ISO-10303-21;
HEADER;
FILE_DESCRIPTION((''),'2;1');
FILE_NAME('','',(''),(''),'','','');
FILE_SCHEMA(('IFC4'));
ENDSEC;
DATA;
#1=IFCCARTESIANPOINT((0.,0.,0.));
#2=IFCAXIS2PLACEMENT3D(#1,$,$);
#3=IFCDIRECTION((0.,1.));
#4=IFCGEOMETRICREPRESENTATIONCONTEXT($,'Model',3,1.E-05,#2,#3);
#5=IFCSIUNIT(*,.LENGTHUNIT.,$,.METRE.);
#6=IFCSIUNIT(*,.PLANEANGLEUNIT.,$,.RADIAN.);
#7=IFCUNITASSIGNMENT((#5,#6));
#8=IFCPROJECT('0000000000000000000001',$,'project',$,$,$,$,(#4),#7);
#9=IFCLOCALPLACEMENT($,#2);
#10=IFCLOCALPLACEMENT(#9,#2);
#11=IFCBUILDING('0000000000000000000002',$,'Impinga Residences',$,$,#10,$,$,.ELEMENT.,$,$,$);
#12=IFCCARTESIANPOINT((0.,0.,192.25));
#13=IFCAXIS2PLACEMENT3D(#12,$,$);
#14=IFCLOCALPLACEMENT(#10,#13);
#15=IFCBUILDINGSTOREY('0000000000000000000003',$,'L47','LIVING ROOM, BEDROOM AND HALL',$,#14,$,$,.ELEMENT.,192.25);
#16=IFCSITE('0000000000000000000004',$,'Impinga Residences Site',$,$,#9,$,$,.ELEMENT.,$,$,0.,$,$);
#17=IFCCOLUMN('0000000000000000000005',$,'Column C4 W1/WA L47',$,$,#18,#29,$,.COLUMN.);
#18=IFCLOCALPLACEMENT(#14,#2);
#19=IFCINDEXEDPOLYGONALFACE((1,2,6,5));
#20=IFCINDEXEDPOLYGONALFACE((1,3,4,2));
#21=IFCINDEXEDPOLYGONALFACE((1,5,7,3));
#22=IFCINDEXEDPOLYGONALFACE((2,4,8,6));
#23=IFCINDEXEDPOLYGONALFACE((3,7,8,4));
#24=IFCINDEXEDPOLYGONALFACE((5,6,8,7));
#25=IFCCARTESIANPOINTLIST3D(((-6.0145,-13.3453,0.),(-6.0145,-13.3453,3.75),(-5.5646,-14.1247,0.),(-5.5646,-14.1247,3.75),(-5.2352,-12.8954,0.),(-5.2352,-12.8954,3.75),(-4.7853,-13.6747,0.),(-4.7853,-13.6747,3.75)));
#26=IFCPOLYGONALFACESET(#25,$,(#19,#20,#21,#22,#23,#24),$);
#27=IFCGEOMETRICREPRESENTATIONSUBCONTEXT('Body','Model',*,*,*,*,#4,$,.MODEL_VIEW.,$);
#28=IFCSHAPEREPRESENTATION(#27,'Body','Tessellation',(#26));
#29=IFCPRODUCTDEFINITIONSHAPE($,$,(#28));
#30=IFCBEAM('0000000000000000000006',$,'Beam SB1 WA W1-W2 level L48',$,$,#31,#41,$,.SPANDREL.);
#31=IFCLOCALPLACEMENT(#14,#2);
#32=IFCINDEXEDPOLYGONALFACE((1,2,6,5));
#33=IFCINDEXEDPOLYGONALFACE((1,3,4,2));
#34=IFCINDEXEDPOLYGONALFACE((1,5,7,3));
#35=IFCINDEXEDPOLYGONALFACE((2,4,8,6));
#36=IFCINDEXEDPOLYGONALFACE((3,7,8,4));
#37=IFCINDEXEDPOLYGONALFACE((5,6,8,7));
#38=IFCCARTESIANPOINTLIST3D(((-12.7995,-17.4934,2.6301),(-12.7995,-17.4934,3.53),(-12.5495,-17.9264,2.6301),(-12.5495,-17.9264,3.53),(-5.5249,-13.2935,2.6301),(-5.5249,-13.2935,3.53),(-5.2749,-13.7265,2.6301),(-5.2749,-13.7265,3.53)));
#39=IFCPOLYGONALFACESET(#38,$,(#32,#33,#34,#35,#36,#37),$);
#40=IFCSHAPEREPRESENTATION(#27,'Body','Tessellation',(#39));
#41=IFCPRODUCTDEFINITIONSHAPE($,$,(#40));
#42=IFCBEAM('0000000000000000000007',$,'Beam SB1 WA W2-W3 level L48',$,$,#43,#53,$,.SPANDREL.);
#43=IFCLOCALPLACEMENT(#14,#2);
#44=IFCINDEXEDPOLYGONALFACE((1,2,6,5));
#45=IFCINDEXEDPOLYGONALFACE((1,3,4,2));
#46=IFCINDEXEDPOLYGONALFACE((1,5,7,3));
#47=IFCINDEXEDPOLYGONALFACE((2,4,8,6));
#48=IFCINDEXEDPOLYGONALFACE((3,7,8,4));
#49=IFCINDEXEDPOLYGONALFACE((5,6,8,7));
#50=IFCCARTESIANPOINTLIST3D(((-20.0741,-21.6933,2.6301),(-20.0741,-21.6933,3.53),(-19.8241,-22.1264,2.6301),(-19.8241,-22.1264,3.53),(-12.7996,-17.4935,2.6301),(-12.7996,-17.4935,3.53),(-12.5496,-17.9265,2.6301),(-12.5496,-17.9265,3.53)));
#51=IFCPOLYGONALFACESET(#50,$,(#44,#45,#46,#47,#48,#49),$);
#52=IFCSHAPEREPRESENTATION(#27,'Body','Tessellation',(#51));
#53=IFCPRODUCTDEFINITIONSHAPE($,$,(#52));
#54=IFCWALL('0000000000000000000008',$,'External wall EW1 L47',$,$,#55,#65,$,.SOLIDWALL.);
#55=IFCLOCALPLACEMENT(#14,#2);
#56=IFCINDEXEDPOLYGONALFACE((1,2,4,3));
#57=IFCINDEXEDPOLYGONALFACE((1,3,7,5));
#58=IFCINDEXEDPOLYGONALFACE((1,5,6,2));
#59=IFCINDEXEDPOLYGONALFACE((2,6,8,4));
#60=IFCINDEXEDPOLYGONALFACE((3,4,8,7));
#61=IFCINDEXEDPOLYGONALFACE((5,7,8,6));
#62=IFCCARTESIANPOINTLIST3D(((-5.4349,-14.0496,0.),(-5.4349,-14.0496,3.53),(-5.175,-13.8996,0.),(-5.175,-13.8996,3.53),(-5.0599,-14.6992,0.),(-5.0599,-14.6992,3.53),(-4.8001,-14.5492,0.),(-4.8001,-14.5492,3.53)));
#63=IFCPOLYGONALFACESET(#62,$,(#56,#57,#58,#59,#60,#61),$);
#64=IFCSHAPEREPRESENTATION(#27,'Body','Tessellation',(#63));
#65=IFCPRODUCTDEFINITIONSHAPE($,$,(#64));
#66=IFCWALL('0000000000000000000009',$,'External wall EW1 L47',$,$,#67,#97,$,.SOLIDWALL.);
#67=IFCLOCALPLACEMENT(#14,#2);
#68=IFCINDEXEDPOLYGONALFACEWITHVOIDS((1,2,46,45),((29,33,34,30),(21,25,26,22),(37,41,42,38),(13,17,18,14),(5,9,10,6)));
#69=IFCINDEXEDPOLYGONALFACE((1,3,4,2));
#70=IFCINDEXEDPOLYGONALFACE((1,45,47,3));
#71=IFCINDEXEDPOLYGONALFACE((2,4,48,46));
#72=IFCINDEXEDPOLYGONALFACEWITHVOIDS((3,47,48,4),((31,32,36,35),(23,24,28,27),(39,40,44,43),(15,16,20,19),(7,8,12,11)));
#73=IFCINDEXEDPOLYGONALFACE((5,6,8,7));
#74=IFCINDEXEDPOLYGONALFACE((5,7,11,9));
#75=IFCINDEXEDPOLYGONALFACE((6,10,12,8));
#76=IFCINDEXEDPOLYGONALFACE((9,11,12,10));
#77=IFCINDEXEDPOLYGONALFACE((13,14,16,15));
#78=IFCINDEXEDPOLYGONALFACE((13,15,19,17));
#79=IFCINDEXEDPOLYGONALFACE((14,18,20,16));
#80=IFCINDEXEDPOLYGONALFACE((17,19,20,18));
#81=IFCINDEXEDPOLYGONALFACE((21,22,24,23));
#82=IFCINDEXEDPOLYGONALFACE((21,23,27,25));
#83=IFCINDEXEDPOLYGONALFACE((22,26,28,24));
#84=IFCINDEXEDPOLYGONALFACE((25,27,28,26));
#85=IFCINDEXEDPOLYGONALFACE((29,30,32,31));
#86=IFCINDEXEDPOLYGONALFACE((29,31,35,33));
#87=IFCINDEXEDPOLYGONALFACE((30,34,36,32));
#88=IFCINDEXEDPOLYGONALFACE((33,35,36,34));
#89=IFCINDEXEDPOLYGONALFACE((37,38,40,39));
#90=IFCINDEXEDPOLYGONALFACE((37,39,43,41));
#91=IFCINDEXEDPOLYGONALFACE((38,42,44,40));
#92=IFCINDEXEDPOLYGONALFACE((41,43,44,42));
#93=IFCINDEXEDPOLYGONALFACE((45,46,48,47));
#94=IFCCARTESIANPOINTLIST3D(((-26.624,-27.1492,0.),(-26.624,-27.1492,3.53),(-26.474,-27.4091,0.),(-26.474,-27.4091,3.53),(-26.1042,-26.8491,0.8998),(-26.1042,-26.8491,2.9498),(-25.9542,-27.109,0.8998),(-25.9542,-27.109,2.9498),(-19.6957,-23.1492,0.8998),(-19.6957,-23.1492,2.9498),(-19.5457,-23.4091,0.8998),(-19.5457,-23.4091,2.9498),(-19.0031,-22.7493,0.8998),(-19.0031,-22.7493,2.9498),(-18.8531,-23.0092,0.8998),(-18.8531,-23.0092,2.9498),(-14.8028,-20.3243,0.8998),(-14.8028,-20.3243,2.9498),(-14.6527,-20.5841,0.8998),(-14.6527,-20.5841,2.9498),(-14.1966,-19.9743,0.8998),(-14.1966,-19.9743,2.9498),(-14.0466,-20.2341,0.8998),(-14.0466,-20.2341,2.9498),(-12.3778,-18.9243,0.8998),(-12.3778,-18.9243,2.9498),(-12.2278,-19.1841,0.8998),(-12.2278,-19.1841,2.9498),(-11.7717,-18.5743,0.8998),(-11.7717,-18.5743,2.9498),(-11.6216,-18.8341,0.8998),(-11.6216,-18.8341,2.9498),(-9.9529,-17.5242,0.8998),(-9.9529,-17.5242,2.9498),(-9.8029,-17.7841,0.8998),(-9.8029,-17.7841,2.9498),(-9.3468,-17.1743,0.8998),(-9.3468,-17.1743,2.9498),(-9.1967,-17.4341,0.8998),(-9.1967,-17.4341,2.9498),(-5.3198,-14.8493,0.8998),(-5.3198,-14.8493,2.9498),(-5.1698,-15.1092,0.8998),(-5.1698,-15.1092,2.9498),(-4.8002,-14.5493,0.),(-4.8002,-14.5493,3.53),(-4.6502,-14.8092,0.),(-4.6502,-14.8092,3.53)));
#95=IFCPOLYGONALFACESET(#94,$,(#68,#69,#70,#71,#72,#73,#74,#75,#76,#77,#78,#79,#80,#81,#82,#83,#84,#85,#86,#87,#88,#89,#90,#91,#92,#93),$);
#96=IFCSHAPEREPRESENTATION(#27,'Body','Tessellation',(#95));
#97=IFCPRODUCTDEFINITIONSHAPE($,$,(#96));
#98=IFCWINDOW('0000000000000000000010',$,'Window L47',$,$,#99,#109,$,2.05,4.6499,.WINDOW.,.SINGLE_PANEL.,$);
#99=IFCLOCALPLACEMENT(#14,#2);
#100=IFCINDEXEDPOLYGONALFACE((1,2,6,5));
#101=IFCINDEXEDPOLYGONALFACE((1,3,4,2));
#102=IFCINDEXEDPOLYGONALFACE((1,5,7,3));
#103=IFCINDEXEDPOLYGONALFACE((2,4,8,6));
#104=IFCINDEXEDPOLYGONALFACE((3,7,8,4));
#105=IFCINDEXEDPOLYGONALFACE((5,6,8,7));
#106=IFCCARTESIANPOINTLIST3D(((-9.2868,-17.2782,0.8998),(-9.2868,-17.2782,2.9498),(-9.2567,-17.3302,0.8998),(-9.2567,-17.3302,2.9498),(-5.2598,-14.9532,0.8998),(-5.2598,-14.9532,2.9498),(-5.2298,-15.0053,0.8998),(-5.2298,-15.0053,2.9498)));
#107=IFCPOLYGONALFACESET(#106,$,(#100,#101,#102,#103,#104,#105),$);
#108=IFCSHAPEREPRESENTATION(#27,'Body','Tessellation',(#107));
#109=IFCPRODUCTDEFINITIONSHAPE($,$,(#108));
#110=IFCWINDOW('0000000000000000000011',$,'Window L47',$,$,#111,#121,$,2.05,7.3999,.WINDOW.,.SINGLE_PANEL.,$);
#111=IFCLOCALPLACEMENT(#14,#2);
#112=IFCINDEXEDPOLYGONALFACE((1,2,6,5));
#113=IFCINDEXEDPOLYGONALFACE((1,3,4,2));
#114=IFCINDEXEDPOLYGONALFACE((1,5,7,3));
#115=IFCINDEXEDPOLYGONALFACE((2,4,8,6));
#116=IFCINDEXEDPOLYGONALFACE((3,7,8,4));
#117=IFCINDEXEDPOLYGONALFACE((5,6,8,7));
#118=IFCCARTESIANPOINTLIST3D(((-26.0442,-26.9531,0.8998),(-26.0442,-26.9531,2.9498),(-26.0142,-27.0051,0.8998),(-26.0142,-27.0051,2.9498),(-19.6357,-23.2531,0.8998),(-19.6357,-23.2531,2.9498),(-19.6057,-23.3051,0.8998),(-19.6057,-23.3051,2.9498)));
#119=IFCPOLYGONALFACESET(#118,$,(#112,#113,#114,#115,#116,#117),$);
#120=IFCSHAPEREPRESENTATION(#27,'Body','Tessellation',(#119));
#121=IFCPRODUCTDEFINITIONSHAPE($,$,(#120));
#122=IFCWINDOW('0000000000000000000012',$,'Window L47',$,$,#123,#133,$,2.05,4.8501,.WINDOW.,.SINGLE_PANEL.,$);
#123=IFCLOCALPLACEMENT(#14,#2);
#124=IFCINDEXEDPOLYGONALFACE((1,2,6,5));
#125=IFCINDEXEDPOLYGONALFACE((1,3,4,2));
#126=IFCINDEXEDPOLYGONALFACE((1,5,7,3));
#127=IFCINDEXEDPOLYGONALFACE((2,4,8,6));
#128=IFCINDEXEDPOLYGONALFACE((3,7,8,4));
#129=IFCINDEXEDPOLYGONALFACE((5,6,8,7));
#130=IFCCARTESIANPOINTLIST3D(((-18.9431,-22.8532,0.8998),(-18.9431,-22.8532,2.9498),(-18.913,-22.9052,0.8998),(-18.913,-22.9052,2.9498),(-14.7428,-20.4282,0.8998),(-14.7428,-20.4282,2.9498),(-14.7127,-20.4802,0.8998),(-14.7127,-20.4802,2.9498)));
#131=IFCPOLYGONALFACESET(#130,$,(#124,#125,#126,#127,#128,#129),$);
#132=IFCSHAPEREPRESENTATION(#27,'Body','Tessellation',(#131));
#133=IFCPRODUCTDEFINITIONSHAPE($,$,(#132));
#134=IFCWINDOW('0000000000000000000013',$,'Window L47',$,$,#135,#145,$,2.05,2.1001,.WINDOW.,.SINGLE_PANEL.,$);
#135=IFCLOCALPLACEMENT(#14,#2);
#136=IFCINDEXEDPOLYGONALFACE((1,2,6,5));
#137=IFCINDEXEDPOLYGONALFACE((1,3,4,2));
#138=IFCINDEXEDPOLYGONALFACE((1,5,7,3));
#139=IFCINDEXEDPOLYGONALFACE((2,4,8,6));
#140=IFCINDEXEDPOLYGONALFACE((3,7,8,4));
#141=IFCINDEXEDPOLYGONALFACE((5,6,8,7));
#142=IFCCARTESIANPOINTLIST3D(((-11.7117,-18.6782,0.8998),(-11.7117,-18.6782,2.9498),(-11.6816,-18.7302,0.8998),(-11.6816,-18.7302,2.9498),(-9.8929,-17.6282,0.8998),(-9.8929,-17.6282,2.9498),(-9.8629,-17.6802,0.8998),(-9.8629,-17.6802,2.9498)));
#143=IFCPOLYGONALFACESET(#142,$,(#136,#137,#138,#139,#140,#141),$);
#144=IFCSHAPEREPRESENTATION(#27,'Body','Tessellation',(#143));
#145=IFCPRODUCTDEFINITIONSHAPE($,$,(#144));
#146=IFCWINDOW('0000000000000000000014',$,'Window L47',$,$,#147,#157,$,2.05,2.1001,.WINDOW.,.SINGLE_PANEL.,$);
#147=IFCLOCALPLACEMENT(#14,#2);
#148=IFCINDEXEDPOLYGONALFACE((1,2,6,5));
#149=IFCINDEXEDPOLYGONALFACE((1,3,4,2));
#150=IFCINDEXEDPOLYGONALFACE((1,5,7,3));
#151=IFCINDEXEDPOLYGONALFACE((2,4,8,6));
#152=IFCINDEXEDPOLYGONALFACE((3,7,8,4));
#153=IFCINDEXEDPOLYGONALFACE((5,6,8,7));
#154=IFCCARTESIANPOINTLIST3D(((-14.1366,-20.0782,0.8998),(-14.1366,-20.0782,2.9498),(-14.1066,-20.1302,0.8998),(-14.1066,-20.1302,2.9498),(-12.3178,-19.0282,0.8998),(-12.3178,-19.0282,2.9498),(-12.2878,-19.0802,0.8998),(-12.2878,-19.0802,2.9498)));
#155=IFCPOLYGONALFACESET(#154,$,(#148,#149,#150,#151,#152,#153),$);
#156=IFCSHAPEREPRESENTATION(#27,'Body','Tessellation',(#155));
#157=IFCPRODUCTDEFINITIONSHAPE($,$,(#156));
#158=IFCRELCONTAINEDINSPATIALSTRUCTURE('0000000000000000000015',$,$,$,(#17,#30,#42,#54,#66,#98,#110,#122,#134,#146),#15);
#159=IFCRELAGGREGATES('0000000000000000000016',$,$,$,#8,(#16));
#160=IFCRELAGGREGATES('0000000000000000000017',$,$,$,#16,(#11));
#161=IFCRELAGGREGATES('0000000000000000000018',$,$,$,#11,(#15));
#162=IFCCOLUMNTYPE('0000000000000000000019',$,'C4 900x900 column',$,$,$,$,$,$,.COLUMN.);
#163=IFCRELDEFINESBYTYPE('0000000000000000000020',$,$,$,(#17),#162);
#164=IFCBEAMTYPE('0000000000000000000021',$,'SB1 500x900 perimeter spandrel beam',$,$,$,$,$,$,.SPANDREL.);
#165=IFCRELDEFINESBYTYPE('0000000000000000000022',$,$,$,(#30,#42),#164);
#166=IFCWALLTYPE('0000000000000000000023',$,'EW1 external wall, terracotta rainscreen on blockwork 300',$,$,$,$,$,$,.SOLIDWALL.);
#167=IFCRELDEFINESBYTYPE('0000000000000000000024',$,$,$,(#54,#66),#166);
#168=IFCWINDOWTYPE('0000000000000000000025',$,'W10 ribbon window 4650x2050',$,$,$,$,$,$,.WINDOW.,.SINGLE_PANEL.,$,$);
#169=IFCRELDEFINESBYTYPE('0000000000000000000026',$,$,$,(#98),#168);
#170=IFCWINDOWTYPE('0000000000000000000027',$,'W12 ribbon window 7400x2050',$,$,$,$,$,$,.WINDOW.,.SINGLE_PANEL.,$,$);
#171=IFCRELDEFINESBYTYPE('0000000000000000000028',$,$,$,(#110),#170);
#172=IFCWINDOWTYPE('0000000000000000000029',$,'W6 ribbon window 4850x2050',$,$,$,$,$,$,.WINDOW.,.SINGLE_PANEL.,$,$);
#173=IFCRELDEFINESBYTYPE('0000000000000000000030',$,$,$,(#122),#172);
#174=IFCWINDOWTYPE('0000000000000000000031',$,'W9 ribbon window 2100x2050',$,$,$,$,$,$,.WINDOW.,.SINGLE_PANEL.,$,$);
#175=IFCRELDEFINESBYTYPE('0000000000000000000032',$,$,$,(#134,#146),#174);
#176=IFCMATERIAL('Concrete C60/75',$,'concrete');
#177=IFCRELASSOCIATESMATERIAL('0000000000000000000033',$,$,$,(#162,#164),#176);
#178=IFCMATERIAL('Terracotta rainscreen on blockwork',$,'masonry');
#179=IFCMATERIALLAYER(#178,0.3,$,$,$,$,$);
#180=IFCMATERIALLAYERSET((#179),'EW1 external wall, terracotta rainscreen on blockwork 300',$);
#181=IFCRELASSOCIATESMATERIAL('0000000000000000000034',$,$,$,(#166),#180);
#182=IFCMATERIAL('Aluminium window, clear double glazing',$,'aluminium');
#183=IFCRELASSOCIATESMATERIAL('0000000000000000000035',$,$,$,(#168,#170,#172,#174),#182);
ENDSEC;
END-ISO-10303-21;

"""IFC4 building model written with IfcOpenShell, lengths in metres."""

from ifc_helpers import new_model, si_unit, direction, frame, frame_2d, origin, origin_2d, place, context, subcontext, project, spatial, rectangle, extrude, material, layer, layer_set, material_profile, profile_set, type_object, element, fill, save


model = new_model("IFC4")

# Units and contexts
model_context = context("Model", 3, precision=1e-05, world=origin(), true_north=direction((0.0, 1.0)))
body_context = subcontext(model_context, "Body", "Model", "MODEL_VIEW")
ifc_project = project(units=[si_unit("LENGTHUNIT", "METRE"), si_unit("PLANEANGLEUNIT", "RADIAN")], contexts=[model_context])

# Site, building, storey
site_placement = place(None, origin())
site = spatial("IfcSite", under=ifc_project, at=site_placement, Name="Impinga Residences Site", CompositionType="ELEMENT", RefElevation=0.0)
building_placement = place(site_placement, origin())
building = spatial("IfcBuilding", under=site, at=building_placement, Name="Impinga Residences", CompositionType="ELEMENT")
storey_placement = place(building_placement, frame((0.0, 0.0, 192.25)))
storey = spatial("IfcBuildingStorey", under=building, at=storey_placement, Name="L47", Description="LIVING ROOM, BEDROOM AND HALL", CompositionType="ELEMENT", Elevation=192.25)

# Column
ifc_material_1 = material(Name="Concrete C60/75", Category="concrete")
ifc_material_profile_1 = material_profile(ifc_material_1, rectangle(XDim=0.8999, YDim=0.8999, at=origin_2d()), Name="RC 900x900")
ifc_profile_set_1 = profile_set([ifc_material_profile_1], Name="Concrete C60/75")
column_type = type_object("IfcColumnType", Name="C4 900x900 column", PredefinedType="COLUMN", material=ifc_profile_set_1)
column_placement = place(storey_placement, frame((-5.3999, -13.51, 0.0), z_axis=(0.0, 0.0, 1.0), x_axis=(-0.5, 0.866025, 0.0)))
element("IfcColumn", 1, at=column_placement, inside=storey, type_object=column_type, Name="Column C4 W1/WA L47", PredefinedType="COLUMN", context=body_context, shape_type="SweptSolid", body=[
    extrude(rectangle(XDim=0.8999, YDim=0.8999, at=origin_2d()), origin(), (0.0, 0.0, 1.0), 3.75),
])

# Beams
ifc_material_profile_2 = material_profile(ifc_material_1, rectangle(XDim=0.5, YDim=0.8999, at=origin_2d()), Name="RC 500x900")
ifc_profile_set_2 = profile_set([ifc_material_profile_2], Name="Concrete C60/75")
beam_type = type_object("IfcBeamType", Name="SB1 500x900 perimeter spandrel beam", PredefinedType="SPANDREL", material=ifc_profile_set_2)
for number, where, z_axis, x_axis, name in (
    (2, (-5.3999, -13.51, 3.0801), (-0.866029, -0.499993, 0.0), (0.499993, -0.866029, 0.0), "Beam SB1 WA W1-W2 level L48"),
    (3, (-12.6746, -17.71, 3.0801), (-0.866029, -0.499993, 0.0), (0.499993, -0.866029, 0.0), "Beam SB1 WA W2-W3 level L48"),
):
    element("IfcBeam", number, at=place(storey_placement, frame(where, z_axis=z_axis, x_axis=x_axis)), inside=storey, type_object=beam_type, Name=name, PredefinedType="SPANDREL", context=body_context, shape_type="SweptSolid", body=[
        extrude(rectangle(XDim=0.5, YDim=0.8999, at=origin_2d()), origin(), (0.0, 0.0, 1.0), 8.3999),
    ])

# Wall
ifc_material_2 = material(Name="Terracotta rainscreen on blockwork", Category="masonry")
ifc_layer_1 = layer(ifc_material_2, 0.3)
ifc_layer_set_1 = layer_set([ifc_layer_1], Name="EW1 external wall, terracotta rainscreen on blockwork 300")
wall_type_1 = type_object("IfcWallType", Name="EW1 external wall, terracotta rainscreen on blockwork 300", PredefinedType="SOLIDWALL", material=ifc_layer_set_1)
wall_1_placement = place(storey_placement, frame((-5.3049, -13.9746, 0.0), z_axis=(0.0, 0.0, 1.0), x_axis=(0.49992, -0.866072, 0.0)))
element("IfcWall", 4, at=wall_1_placement, inside=storey, type_object=wall_type_1, Name="External wall EW1 L47", PredefinedType="SOLIDWALL", context=body_context, shape_type="SweptSolid", body=[
    extrude(rectangle(XDim=0.75, YDim=0.3, at=frame_2d((0.375, 0.0))), origin(), (0.0, 0.0, 1.0), 3.53),
])

# Wall, openings, windows
wall_2_placement = place(storey_placement, frame((-4.7251, -14.6792, 0.0), z_axis=(0.0, 0.0, 1.0), x_axis=(-0.866027, -0.499998, 0.0)))
wall_2 = element("IfcWall", 5, at=wall_2_placement, inside=storey, type_object=wall_type_1, Name="External wall EW1 L47", PredefinedType="SOLIDWALL", context=body_context, shape_type="SweptSolid", body=[
    extrude(rectangle(XDim=25.2, YDim=0.3, at=frame_2d((12.6001, 0.0))), origin(), (0.0, 0.0, 1.0), 3.53),
])
opening_1_placement = place(wall_2_placement, frame((0.6001, 0.0, 0.8999)))
opening_1 = element("IfcOpeningElement", 6, at=opening_1_placement, cuts=wall_2, PredefinedType="OPENING", context=body_context, shape_type="SweptSolid", body=[
    extrude(rectangle(XDim=4.6499, YDim=2.05, at=frame_2d((2.325, 1.0249))), frame((0.0, 0.1599, 0.0), z_axis=(0.0, -1.0, 0.0), x_axis=(1.0, 0.0, 0.0)), (0.0, 0.0, 1.0), 0.3201),
])
opening_2_placement = place(wall_2_placement, frame((5.95, 0.0, 0.8999)))
opening_2 = element("IfcOpeningElement", 7, at=opening_2_placement, cuts=wall_2, PredefinedType="OPENING", context=body_context, shape_type="SweptSolid", body=[
    extrude(rectangle(XDim=2.1001, YDim=2.05, at=frame_2d((1.05, 1.0249))), frame((0.0, 0.1599, 0.0), z_axis=(0.0, -1.0, 0.0), x_axis=(1.0, 0.0, 0.0)), (0.0, 0.0, 1.0), 0.3201),
])
opening_3_placement = place(wall_2_placement, frame((8.75, 0.0, 0.8999)))
opening_3 = element("IfcOpeningElement", 8, at=opening_3_placement, cuts=wall_2, PredefinedType="OPENING", context=body_context, shape_type="SweptSolid", body=[
    extrude(rectangle(XDim=2.1001, YDim=2.05, at=frame_2d((1.05, 1.0249))), frame((0.0, 0.1599, 0.0), z_axis=(0.0, -1.0, 0.0), x_axis=(1.0, 0.0, 0.0)), (0.0, 0.0, 1.0), 0.3201),
])
opening_4_placement = place(wall_2_placement, frame((11.55, 0.0, 0.8999)))
opening_4 = element("IfcOpeningElement", 9, at=opening_4_placement, cuts=wall_2, PredefinedType="OPENING", context=body_context, shape_type="SweptSolid", body=[
    extrude(rectangle(XDim=4.8501, YDim=2.05, at=frame_2d((2.425, 1.0249))), frame((0.0, 0.1599, 0.0), z_axis=(0.0, -1.0, 0.0), x_axis=(1.0, 0.0, 0.0)), (0.0, 0.0, 1.0), 0.3201),
])
opening_5_placement = place(wall_2_placement, frame((17.2, 0.0, 0.8999)))
opening_5 = element("IfcOpeningElement", 10, at=opening_5_placement, cuts=wall_2, PredefinedType="OPENING", context=body_context, shape_type="SweptSolid", body=[
    extrude(rectangle(XDim=7.3999, YDim=2.05, at=frame_2d((3.7, 1.0249))), frame((0.0, 0.1599, 0.0), z_axis=(0.0, -1.0, 0.0), x_axis=(1.0, 0.0, 0.0)), (0.0, 0.0, 1.0), 0.3201),
])
ifc_material_3 = material(Name="Aluminium window, clear double glazing", Category="aluminium")
window_type_1 = type_object("IfcWindowType", Name="W10 ribbon window 4650x2050", PartitioningType="SINGLE_PANEL", PredefinedType="WINDOW", material=ifc_material_3)
window_1_placement = place(opening_1_placement, origin())
window_1 = element("IfcWindow", 11, at=window_1_placement, inside=storey, type_object=window_type_1, Name="Window L47", OverallHeight=2.05, OverallWidth=4.6499, PartitioningType="SINGLE_PANEL", PredefinedType="WINDOW", context=body_context, shape_type="SweptSolid", body=[
    extrude(rectangle(XDim=4.6499, YDim=2.05, at=frame_2d((2.325, 1.0249))), frame((0.0, 0.03, 0.0), z_axis=(0.0, -1.0, 0.0), x_axis=(1.0, 0.0, 0.0)), (0.0, 0.0, 1.0), 0.0601),
])
fill(opening_1, window_1)
window_type_2 = type_object("IfcWindowType", Name="W12 ribbon window 7400x2050", PartitioningType="SINGLE_PANEL", PredefinedType="WINDOW", material=ifc_material_3)
window_2_placement = place(opening_5_placement, origin())
window_2 = element("IfcWindow", 12, at=window_2_placement, inside=storey, type_object=window_type_2, Name="Window L47", OverallHeight=2.05, OverallWidth=7.3999, PartitioningType="SINGLE_PANEL", PredefinedType="WINDOW", context=body_context, shape_type="SweptSolid", body=[
    extrude(rectangle(XDim=7.3999, YDim=2.05, at=frame_2d((3.7, 1.0249))), frame((0.0, 0.03, 0.0), z_axis=(0.0, -1.0, 0.0), x_axis=(1.0, 0.0, 0.0)), (0.0, 0.0, 1.0), 0.0601),
])
fill(opening_5, window_2)
window_type_3 = type_object("IfcWindowType", Name="W6 ribbon window 4850x2050", PartitioningType="SINGLE_PANEL", PredefinedType="WINDOW", material=ifc_material_3)
window_3_placement = place(opening_4_placement, origin())
window_3 = element("IfcWindow", 13, at=window_3_placement, inside=storey, type_object=window_type_3, Name="Window L47", OverallHeight=2.05, OverallWidth=4.8501, PartitioningType="SINGLE_PANEL", PredefinedType="WINDOW", context=body_context, shape_type="SweptSolid", body=[
    extrude(rectangle(XDim=4.8501, YDim=2.05, at=frame_2d((2.425, 1.0249))), frame((0.0, 0.03, 0.0), z_axis=(0.0, -1.0, 0.0), x_axis=(1.0, 0.0, 0.0)), (0.0, 0.0, 1.0), 0.0601),
])
fill(opening_4, window_3)
window_type_4 = type_object("IfcWindowType", Name="W9 ribbon window 2100x2050", PartitioningType="SINGLE_PANEL", PredefinedType="WINDOW", material=ifc_material_3)
window_4_placement = place(opening_2_placement, origin())
window_4 = element("IfcWindow", 14, at=window_4_placement, inside=storey, type_object=window_type_4, Name="Window L47", OverallHeight=2.05, OverallWidth=2.1001, PartitioningType="SINGLE_PANEL", PredefinedType="WINDOW", context=body_context, shape_type="SweptSolid", body=[
    extrude(rectangle(XDim=2.1001, YDim=2.05, at=frame_2d((1.05, 1.0249))), frame((0.0, 0.03, 0.0), z_axis=(0.0, -1.0, 0.0), x_axis=(1.0, 0.0, 0.0)), (0.0, 0.0, 1.0), 0.0601),
])
fill(opening_2, window_4)
window_5_placement = place(opening_3_placement, origin())
window_5 = element("IfcWindow", 15, at=window_5_placement, inside=storey, type_object=window_type_4, Name="Window L47", OverallHeight=2.05, OverallWidth=2.1001, PartitioningType="SINGLE_PANEL", PredefinedType="WINDOW", context=body_context, shape_type="SweptSolid", body=[
    extrude(rectangle(XDim=2.1001, YDim=2.05, at=frame_2d((1.05, 1.0249))), frame((0.0, 0.03, 0.0), z_axis=(0.0, -1.0, 0.0), x_axis=(1.0, 0.0, 0.0)), (0.0, 0.0, 1.0), 0.0601),
])
fill(opening_3, window_5)

save(model, "model.ifc")
